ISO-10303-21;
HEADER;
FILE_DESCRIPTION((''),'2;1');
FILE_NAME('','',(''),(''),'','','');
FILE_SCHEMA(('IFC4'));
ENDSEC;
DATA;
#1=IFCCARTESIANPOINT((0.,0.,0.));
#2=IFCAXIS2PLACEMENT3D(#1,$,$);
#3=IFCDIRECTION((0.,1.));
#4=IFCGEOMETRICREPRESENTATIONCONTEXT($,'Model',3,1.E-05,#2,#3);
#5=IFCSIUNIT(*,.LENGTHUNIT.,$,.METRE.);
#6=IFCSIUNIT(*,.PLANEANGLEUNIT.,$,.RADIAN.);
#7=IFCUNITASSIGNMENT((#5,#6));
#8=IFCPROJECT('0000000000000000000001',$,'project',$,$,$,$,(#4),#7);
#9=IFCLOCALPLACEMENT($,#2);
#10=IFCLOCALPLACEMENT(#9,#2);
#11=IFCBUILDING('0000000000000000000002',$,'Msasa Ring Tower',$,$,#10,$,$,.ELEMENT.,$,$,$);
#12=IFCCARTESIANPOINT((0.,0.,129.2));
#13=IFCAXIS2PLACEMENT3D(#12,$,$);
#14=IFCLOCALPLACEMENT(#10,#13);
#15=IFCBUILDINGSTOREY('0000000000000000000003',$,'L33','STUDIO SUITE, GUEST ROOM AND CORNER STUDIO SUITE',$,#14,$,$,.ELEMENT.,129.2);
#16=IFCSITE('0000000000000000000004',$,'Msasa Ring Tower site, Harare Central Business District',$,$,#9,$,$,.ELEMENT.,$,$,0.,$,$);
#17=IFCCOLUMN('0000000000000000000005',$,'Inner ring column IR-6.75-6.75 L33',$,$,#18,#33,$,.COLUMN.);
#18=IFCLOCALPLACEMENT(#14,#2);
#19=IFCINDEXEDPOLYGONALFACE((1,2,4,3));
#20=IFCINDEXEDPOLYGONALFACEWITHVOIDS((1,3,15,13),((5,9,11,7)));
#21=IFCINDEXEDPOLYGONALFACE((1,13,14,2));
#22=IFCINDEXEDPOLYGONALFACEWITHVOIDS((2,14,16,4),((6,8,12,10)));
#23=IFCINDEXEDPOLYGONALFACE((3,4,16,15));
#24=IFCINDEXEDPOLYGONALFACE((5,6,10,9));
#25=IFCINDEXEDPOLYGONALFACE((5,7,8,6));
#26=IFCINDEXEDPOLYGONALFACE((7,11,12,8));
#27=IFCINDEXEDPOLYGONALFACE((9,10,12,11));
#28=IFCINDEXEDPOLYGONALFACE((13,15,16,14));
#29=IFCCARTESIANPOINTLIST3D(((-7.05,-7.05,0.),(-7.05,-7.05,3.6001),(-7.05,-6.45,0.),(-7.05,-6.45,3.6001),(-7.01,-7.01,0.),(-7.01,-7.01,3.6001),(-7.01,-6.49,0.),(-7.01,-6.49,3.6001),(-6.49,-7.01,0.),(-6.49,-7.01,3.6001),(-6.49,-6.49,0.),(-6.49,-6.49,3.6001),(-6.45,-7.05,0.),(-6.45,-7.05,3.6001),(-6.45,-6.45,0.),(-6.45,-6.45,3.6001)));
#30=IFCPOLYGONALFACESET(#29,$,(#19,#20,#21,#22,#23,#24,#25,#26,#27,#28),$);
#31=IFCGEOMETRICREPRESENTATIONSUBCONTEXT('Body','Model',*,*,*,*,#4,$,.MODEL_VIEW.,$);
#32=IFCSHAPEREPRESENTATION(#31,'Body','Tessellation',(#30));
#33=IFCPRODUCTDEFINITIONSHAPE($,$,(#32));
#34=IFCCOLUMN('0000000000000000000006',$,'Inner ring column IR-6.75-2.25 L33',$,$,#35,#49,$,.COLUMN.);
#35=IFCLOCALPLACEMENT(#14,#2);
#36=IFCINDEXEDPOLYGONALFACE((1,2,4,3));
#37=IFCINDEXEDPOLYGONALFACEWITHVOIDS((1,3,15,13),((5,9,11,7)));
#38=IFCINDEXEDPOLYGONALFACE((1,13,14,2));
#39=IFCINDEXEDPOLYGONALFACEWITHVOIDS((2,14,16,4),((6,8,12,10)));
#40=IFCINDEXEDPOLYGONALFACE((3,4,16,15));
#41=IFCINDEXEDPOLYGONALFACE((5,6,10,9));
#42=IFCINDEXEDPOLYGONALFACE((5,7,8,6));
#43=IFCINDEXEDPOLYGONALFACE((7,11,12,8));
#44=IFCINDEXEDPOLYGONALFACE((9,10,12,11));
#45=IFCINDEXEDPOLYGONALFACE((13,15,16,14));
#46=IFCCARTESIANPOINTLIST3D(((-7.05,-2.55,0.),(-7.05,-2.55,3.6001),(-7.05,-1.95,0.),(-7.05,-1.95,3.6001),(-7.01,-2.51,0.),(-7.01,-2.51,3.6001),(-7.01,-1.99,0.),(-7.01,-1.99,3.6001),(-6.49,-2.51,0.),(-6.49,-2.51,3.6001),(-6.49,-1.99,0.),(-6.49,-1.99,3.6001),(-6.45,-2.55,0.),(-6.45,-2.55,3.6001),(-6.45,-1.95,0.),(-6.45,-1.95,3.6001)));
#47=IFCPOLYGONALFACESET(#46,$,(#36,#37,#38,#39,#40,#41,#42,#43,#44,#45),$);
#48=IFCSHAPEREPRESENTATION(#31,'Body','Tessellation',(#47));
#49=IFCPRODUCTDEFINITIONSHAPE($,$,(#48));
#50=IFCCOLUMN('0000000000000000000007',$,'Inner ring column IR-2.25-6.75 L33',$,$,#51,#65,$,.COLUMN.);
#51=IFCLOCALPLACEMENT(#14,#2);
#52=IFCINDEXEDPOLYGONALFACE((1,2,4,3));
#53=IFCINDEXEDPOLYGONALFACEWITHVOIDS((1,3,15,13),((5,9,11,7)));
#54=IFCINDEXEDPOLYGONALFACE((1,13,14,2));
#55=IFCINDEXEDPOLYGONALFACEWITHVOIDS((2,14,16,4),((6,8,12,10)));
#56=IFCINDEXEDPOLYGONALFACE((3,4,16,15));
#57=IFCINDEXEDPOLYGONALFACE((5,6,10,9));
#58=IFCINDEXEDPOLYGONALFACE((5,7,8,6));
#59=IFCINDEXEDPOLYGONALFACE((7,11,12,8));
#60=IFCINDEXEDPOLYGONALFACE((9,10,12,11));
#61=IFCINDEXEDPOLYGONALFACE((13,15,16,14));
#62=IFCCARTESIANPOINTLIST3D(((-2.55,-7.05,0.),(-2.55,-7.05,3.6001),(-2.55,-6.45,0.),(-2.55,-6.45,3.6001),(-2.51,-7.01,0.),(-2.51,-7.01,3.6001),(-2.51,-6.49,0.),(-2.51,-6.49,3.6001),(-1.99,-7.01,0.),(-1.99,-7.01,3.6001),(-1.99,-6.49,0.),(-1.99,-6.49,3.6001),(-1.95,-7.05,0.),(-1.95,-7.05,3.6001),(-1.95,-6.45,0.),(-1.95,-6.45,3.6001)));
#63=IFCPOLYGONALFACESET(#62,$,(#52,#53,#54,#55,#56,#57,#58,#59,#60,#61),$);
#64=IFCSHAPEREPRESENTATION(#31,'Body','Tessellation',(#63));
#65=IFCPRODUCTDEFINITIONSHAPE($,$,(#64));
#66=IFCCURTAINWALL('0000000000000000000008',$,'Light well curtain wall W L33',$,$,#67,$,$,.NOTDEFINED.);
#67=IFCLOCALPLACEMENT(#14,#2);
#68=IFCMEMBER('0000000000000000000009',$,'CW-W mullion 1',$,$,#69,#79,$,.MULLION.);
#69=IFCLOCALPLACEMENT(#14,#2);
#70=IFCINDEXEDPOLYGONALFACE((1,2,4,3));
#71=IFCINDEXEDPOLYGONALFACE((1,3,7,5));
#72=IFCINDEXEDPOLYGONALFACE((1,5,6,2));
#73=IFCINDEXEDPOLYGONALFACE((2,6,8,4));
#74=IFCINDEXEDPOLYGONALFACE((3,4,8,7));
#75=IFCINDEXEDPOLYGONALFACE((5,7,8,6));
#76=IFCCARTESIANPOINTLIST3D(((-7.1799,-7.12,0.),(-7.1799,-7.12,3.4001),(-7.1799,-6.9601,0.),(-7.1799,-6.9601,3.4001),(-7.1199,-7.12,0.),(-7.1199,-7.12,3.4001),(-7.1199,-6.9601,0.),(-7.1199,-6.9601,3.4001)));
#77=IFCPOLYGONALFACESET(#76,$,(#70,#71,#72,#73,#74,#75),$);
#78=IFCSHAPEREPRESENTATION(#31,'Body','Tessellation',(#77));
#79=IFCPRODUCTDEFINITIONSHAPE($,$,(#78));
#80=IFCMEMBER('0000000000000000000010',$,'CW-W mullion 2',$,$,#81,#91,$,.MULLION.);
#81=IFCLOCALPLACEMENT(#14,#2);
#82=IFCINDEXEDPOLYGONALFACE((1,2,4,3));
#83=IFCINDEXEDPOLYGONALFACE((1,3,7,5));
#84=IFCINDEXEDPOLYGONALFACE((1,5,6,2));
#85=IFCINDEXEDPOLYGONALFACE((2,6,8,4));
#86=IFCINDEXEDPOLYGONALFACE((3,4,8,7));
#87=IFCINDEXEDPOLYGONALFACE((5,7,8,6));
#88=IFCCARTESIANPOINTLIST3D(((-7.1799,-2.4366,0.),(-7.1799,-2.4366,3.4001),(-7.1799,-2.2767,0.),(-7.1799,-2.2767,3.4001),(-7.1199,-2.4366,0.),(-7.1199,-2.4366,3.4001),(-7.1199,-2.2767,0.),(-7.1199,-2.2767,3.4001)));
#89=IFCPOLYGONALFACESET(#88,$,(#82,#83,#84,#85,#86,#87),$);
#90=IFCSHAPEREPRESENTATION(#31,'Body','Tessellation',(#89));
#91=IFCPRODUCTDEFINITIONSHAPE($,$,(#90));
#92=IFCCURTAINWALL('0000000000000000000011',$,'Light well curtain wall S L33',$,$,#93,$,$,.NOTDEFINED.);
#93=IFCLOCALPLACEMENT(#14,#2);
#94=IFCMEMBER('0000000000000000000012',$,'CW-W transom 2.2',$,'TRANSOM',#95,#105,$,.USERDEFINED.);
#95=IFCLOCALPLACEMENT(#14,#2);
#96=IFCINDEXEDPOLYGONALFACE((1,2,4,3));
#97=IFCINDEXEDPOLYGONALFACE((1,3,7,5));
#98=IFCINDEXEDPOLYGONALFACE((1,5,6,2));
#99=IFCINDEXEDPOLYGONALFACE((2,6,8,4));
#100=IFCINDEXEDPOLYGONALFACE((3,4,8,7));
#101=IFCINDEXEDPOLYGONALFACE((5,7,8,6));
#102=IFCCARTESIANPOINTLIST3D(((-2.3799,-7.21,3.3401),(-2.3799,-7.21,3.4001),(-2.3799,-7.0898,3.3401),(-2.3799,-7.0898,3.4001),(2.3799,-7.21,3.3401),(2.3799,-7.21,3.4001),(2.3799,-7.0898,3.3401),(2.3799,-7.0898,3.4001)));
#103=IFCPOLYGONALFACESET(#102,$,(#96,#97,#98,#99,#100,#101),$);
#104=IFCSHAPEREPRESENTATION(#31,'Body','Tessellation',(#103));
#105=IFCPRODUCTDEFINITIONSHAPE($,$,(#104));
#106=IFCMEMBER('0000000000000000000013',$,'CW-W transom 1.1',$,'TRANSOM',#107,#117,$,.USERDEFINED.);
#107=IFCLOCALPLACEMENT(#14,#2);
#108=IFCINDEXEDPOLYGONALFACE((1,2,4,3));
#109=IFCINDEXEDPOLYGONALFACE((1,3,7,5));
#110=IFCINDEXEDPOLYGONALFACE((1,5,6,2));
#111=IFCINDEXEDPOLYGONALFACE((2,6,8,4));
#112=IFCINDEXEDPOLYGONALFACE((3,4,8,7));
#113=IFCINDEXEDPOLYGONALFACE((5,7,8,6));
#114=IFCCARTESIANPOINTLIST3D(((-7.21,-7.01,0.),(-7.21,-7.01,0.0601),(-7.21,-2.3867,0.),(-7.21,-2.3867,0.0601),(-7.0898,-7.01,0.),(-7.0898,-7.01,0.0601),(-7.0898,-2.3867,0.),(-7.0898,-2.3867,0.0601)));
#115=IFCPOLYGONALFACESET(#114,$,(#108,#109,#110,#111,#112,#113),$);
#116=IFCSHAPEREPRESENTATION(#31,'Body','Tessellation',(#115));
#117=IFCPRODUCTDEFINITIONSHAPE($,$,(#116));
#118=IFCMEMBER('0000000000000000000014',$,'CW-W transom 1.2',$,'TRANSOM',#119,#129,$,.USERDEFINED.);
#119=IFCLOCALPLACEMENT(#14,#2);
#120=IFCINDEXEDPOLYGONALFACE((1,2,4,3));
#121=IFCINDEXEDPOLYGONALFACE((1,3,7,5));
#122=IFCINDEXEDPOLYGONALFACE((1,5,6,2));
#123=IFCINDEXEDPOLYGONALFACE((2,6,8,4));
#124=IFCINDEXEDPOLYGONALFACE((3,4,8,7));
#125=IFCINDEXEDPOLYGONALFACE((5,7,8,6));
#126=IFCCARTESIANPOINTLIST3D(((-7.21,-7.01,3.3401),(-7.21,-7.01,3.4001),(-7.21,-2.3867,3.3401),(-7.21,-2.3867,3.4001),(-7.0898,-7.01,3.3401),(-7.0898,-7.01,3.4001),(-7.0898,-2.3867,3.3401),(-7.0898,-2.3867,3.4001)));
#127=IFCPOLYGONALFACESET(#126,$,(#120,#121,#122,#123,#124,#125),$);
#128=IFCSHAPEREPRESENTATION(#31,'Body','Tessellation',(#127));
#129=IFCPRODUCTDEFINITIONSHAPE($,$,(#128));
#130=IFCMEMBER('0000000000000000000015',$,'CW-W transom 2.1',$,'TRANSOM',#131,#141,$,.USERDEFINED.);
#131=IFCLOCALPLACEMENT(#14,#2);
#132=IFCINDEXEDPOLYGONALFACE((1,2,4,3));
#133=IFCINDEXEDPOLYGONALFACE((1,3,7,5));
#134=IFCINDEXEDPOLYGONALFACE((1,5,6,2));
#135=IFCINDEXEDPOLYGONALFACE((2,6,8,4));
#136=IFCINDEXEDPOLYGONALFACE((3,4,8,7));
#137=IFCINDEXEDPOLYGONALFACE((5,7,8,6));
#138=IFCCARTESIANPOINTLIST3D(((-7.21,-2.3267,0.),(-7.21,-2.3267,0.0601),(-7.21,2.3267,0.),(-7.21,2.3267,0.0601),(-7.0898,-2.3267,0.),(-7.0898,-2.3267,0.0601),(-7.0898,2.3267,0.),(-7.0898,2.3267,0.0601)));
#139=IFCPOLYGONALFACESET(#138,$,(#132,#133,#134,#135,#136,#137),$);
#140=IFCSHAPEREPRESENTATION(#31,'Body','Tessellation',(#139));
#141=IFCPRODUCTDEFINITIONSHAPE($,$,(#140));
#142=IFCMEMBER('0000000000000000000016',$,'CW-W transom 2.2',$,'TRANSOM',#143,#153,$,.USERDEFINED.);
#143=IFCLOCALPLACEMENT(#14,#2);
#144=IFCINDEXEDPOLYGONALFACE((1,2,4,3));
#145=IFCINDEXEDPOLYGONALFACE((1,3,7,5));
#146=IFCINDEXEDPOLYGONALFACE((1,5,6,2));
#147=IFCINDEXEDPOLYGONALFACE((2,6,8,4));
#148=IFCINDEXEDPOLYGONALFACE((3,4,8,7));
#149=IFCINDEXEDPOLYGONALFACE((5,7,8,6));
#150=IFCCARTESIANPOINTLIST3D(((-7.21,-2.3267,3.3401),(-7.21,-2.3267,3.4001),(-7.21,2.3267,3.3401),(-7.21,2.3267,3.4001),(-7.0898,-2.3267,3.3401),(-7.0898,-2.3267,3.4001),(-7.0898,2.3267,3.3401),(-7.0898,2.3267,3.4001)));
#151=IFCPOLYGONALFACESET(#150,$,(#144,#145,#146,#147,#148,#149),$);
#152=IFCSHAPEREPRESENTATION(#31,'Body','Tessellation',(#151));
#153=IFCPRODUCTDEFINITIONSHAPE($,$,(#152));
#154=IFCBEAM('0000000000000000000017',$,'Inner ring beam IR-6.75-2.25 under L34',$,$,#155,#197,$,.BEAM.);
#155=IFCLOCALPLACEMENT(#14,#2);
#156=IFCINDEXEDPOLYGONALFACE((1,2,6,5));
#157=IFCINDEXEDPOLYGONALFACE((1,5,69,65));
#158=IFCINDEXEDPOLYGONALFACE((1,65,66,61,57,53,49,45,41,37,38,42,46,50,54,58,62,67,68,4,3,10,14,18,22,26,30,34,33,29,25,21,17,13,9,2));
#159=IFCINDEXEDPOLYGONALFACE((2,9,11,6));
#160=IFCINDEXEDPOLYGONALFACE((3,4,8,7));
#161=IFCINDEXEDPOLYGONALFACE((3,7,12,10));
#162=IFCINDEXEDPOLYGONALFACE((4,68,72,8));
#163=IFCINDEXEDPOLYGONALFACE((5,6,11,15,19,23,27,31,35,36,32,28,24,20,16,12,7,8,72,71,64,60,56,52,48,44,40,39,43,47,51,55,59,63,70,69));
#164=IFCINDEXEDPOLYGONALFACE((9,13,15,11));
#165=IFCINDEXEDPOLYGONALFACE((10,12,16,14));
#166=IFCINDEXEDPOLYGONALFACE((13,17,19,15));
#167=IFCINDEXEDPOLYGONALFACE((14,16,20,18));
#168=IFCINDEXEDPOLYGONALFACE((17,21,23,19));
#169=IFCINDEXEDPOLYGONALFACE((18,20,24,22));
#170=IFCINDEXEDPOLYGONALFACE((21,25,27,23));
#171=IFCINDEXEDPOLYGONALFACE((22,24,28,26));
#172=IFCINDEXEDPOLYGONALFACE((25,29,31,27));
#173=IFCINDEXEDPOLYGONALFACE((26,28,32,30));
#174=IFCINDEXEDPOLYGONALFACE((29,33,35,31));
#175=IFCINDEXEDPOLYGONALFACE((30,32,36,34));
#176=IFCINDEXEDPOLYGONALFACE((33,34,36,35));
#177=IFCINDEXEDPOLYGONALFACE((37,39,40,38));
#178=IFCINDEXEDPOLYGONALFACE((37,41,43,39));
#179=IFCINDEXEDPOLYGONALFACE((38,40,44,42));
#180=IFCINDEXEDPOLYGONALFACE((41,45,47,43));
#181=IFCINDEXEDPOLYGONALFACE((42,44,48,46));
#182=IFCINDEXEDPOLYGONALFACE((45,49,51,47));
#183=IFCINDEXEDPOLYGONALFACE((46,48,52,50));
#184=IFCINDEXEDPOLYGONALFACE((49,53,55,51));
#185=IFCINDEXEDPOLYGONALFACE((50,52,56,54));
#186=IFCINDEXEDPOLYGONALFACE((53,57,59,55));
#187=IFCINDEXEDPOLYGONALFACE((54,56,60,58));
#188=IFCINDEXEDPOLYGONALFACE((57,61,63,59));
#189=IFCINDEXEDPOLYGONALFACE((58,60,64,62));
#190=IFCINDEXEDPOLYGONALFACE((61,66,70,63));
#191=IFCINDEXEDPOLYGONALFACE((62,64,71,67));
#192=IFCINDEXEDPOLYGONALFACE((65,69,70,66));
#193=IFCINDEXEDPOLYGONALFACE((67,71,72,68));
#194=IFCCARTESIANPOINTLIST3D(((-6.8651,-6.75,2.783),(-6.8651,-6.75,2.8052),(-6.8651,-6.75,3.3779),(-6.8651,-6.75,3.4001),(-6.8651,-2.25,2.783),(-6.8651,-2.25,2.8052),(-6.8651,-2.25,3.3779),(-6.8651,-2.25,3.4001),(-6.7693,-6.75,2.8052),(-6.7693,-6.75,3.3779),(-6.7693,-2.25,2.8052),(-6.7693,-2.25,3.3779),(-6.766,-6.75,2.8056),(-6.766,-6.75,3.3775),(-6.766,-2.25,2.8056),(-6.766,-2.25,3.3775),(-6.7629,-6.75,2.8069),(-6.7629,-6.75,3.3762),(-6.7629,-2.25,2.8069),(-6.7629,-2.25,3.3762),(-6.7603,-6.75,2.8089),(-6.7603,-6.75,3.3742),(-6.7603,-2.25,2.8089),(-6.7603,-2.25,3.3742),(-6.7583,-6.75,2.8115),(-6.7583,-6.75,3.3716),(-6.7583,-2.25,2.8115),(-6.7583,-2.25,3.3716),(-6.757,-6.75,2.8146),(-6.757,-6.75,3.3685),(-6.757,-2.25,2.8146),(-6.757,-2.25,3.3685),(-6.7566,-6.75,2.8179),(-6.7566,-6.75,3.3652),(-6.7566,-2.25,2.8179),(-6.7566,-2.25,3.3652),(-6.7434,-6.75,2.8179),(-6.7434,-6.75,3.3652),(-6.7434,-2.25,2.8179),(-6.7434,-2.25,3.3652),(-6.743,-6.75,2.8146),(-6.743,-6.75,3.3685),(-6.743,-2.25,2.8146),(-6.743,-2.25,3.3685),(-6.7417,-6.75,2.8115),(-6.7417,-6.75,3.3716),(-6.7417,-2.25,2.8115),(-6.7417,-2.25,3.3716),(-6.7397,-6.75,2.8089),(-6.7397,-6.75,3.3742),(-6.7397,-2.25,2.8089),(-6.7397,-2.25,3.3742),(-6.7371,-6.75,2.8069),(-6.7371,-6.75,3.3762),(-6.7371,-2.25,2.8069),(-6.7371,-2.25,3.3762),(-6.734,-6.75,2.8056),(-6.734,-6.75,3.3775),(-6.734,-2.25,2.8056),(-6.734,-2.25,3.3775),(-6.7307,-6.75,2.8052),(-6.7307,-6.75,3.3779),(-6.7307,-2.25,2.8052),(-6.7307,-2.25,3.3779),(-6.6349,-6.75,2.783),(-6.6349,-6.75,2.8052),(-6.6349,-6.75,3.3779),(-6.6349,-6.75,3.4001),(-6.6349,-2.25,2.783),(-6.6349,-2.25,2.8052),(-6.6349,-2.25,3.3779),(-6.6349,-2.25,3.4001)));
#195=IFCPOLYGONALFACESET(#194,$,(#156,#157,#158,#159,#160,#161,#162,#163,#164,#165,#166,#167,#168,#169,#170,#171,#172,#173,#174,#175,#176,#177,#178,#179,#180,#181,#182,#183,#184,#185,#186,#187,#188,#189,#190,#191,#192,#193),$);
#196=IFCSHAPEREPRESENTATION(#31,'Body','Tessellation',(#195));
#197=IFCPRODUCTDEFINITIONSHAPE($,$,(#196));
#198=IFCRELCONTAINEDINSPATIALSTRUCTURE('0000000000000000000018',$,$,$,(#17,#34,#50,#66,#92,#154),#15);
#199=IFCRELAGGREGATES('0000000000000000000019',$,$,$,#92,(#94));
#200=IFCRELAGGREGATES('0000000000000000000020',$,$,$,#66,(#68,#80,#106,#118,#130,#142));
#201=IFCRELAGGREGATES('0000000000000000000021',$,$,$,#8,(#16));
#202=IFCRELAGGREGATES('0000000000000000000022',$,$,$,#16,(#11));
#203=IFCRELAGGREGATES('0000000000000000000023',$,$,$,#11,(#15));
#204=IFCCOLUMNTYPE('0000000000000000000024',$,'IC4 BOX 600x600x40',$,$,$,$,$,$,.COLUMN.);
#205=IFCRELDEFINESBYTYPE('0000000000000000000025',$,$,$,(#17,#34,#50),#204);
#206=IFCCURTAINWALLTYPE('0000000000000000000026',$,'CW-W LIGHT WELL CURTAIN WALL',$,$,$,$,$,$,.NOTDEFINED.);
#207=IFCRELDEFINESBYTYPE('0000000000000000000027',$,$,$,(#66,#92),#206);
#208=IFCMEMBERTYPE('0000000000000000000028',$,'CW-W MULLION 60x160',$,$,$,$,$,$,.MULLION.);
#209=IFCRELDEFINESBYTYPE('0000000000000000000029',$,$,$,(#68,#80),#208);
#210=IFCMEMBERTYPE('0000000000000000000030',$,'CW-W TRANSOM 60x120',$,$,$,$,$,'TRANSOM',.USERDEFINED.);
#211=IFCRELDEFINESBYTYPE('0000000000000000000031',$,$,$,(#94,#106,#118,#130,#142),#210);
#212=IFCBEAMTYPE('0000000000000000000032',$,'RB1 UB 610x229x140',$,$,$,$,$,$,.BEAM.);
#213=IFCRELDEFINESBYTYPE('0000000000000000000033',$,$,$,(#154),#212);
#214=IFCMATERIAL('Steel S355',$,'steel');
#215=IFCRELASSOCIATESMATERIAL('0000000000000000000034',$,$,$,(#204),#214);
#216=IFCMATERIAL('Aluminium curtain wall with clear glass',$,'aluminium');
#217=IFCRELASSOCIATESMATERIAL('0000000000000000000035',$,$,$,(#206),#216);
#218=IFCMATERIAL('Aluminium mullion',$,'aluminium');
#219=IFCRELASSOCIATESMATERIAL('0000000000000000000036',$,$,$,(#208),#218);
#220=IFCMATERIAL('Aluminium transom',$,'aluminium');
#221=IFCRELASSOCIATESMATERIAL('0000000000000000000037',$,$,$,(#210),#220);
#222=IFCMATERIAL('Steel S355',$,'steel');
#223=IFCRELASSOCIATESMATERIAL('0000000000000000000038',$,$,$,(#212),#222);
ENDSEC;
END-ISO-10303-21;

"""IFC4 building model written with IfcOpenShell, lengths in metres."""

from ifc_helpers import new_model, si_unit, direction, frame, origin, origin_2d, place, context, subcontext, project, spatial, rectangle, hollow_rectangle, i_section, extrude, material, material_profile, profile_set, type_object, element, aggregate, save


model = new_model("IFC4")

# Units and contexts
model_context = context("Model", 3, precision=1e-05, world=origin(), true_north=direction((0.0, 1.0)))
body_context = subcontext(model_context, "Body", "Model", "MODEL_VIEW")
ifc_project = project(units=[si_unit("LENGTHUNIT", "METRE"), si_unit("PLANEANGLEUNIT", "RADIAN")], contexts=[model_context])

# Site, building, storey
site_placement = place(None, origin())
site = spatial("IfcSite", under=ifc_project, at=site_placement, Name="Msasa Ring Tower site, Harare Central Business District", CompositionType="ELEMENT", RefElevation=0.0)
building_placement = place(site_placement, origin())
building = spatial("IfcBuilding", under=site, at=building_placement, Name="Msasa Ring Tower", CompositionType="ELEMENT")
storey_placement = place(building_placement, frame((0.0, 0.0, 129.2)))
storey = spatial("IfcBuildingStorey", under=building, at=storey_placement, Name="L33", Description="STUDIO SUITE, GUEST ROOM AND CORNER STUDIO SUITE", CompositionType="ELEMENT", Elevation=129.2)

# Columns
ifc_material_1 = material(Name="Steel S355", Category="steel")
ifc_material_profile_1 = material_profile(ifc_material_1, hollow_rectangle(XDim=0.6001, YDim=0.6001, WallThickness=0.04, at=origin_2d()), Name="BOX 600x600x40")
ifc_profile_set_1 = profile_set([ifc_material_profile_1], Name="Steel S355")
column_type = type_object("IfcColumnType", Name="IC4 BOX 600x600x40", PredefinedType="COLUMN", material=ifc_profile_set_1)
for number, where, z_axis, x_axis, name in (
    (1, (-6.75, -6.75, 0.0), (0.0, 0.0, 1.0), (1.0, 0.0, 0.0), "Inner ring column IR-6.75-6.75 L33"),
    (2, (-6.75, -2.25, 0.0), (0.0, 0.0, 1.0), (1.0, 0.0, 0.0), "Inner ring column IR-6.75-2.25 L33"),
    (3, (-2.25, -6.75, 0.0), (0.0, 0.0, 1.0), (1.0, 0.0, 0.0), "Inner ring column IR-2.25-6.75 L33"),
):
    element("IfcColumn", number, at=place(storey_placement, frame(where, z_axis=z_axis, x_axis=x_axis)), inside=storey, type_object=column_type, Name=name, PredefinedType="COLUMN", context=body_context, shape_type="SweptSolid", body=[
        extrude(hollow_rectangle(XDim=0.6001, YDim=0.6001, WallThickness=0.04, at=origin_2d()), origin(), (0.0, 0.0, 1.0), 3.6001),
    ])

# Curtain wall, members
ifc_material_2 = material(Name="Aluminium curtain wall with clear glass", Category="aluminium")
curtain_wall_type = type_object("IfcCurtainWallType", Name="CW-W LIGHT WELL CURTAIN WALL", PredefinedType="NOTDEFINED", material=ifc_material_2)
curtain_wall_1_placement = place(storey_placement, origin())
curtain_wall_1 = element("IfcCurtainWall", 4, at=curtain_wall_1_placement, inside=storey, type_object=curtain_wall_type, Name="Light well curtain wall W L33", PredefinedType="NOTDEFINED")
ifc_material_3 = material(Name="Aluminium mullion", Category="aluminium")
ifc_material_profile_2 = material_profile(ifc_material_3, rectangle(XDim=0.0601, YDim=0.1599, at=origin_2d()), Name="AL 60x160")
ifc_profile_set_2 = profile_set([ifc_material_profile_2], Name="Aluminium mullion")
member_type_1 = type_object("IfcMemberType", Name="CW-W MULLION 60x160", PredefinedType="MULLION", material=ifc_profile_set_2)
member_1_placement = place(storey_placement, frame((-7.1499, -7.04, 0.0), z_axis=(0.0, 0.0, 1.0), x_axis=(-1.0, 0.0, 0.0)))
member_1 = element("IfcMember", 5, at=member_1_placement, type_object=member_type_1, Name="CW-W mullion 1", PredefinedType="MULLION", context=body_context, shape_type="SweptSolid", body=[
    extrude(rectangle(XDim=0.0601, YDim=0.1599, at=origin_2d()), origin(), (0.0, 0.0, 1.0), 3.4001),
])
member_2_placement = place(storey_placement, frame((-7.1499, -2.3567, 0.0), z_axis=(0.0, 0.0, 1.0), x_axis=(-1.0, 0.0, 0.0)))
member_2 = element("IfcMember", 6, at=member_2_placement, type_object=member_type_1, Name="CW-W mullion 2", PredefinedType="MULLION", context=body_context, shape_type="SweptSolid", body=[
    extrude(rectangle(XDim=0.0601, YDim=0.1599, at=origin_2d()), origin(), (0.0, 0.0, 1.0), 3.4001),
])

# Curtain wall, member
curtain_wall_2_placement = place(storey_placement, origin())
curtain_wall_2 = element("IfcCurtainWall", 7, at=curtain_wall_2_placement, inside=storey, type_object=curtain_wall_type, Name="Light well curtain wall S L33", PredefinedType="NOTDEFINED")
ifc_material_4 = material(Name="Aluminium transom", Category="aluminium")
ifc_material_profile_3 = material_profile(ifc_material_4, rectangle(XDim=0.1201, YDim=0.0601, at=origin_2d()), Name="AL 60x120")
ifc_profile_set_3 = profile_set([ifc_material_profile_3], Name="Aluminium transom")
member_type_2 = type_object("IfcMemberType", Name="CW-W TRANSOM 60x120", ElementType="TRANSOM", PredefinedType="USERDEFINED", material=ifc_profile_set_3)
member_3_placement = place(storey_placement, frame((-2.3799, -7.1499, 3.3701), z_axis=(1.0, 0.0, 0.0), x_axis=(0.0, 1.0, 0.0)))
member_3 = element("IfcMember", 8, at=member_3_placement, type_object=member_type_2, Name="CW-W transom 2.2", ObjectType="TRANSOM", PredefinedType="USERDEFINED", context=body_context, shape_type="SweptSolid", body=[
    extrude(rectangle(XDim=0.1201, YDim=0.0601, at=origin_2d()), origin(), (0.0, 0.0, 1.0), 4.7598),
])

# Members
member_4_placement = place(storey_placement, frame((-7.1499, -7.01, 0.03), z_axis=(0.0, 1.0, 0.0), x_axis=(-1.0, 0.0, 0.0)))
member_4 = element("IfcMember", 9, at=member_4_placement, type_object=member_type_2, Name="CW-W transom 1.1", ObjectType="TRANSOM", PredefinedType="USERDEFINED", context=body_context, shape_type="SweptSolid", body=[
    extrude(rectangle(XDim=0.1201, YDim=0.0601, at=origin_2d()), origin(), (0.0, 0.0, 1.0), 4.6233),
])
member_5_placement = place(storey_placement, frame((-7.1499, -7.01, 3.3701), z_axis=(0.0, 1.0, 0.0), x_axis=(-1.0, 0.0, 0.0)))
member_5 = element("IfcMember", 10, at=member_5_placement, type_object=member_type_2, Name="CW-W transom 1.2", ObjectType="TRANSOM", PredefinedType="USERDEFINED", context=body_context, shape_type="SweptSolid", body=[
    extrude(rectangle(XDim=0.1201, YDim=0.0601, at=origin_2d()), origin(), (0.0, 0.0, 1.0), 4.6233),
])
member_6_placement = place(storey_placement, frame((-7.1499, -2.3267, 0.03), z_axis=(0.0, 1.0, 0.0), x_axis=(-1.0, 0.0, 0.0)))
member_6 = element("IfcMember", 11, at=member_6_placement, type_object=member_type_2, Name="CW-W transom 2.1", ObjectType="TRANSOM", PredefinedType="USERDEFINED", context=body_context, shape_type="SweptSolid", body=[
    extrude(rectangle(XDim=0.1201, YDim=0.0601, at=origin_2d()), origin(), (0.0, 0.0, 1.0), 4.6533),
])
member_7_placement = place(storey_placement, frame((-7.1499, -2.3267, 3.3701), z_axis=(0.0, 1.0, 0.0), x_axis=(-1.0, 0.0, 0.0)))
member_7 = element("IfcMember", 12, at=member_7_placement, type_object=member_type_2, Name="CW-W transom 2.2", ObjectType="TRANSOM", PredefinedType="USERDEFINED", context=body_context, shape_type="SweptSolid", body=[
    extrude(rectangle(XDim=0.1201, YDim=0.0601, at=origin_2d()), origin(), (0.0, 0.0, 1.0), 4.6533),
])

# Beam
ifc_material_5 = material(Name="Steel S355", Category="steel")
ifc_material_profile_4 = material_profile(ifc_material_5, i_section(OverallWidth=0.2302, OverallDepth=0.6172, WebThickness=0.0132, FlangeThickness=0.0222, FilletRadius=0.0127, at=origin_2d()), Name="UB 610x229x140")
ifc_profile_set_4 = profile_set([ifc_material_profile_4], Name="Steel S355")
beam_type = type_object("IfcBeamType", Name="RB1 UB 610x229x140", PredefinedType="BEAM", material=ifc_profile_set_4)
for number, where, z_axis, x_axis, name in (
    (13, (-6.75, -2.25, 3.0916), (0.0, -1.0, 0.0), (1.0, 0.0, 0.0), "Inner ring beam IR-6.75-2.25 under L34"),
):
    element("IfcBeam", number, at=place(storey_placement, frame(where, z_axis=z_axis, x_axis=x_axis)), inside=storey, type_object=beam_type, Name=name, PredefinedType="BEAM", context=body_context, shape_type="SweptSolid", body=[
        extrude(i_section(OverallWidth=0.2302, OverallDepth=0.6172, WebThickness=0.0132, FlangeThickness=0.0222, FilletRadius=0.0127, at=origin_2d()), origin(), (0.0, 0.0, 1.0), 4.5),
    ])

aggregate(curtain_wall_2, [member_3])
aggregate(curtain_wall_1, [member_1, member_2, member_4, member_5, member_6, member_7])

save(model, "model.ifc")
